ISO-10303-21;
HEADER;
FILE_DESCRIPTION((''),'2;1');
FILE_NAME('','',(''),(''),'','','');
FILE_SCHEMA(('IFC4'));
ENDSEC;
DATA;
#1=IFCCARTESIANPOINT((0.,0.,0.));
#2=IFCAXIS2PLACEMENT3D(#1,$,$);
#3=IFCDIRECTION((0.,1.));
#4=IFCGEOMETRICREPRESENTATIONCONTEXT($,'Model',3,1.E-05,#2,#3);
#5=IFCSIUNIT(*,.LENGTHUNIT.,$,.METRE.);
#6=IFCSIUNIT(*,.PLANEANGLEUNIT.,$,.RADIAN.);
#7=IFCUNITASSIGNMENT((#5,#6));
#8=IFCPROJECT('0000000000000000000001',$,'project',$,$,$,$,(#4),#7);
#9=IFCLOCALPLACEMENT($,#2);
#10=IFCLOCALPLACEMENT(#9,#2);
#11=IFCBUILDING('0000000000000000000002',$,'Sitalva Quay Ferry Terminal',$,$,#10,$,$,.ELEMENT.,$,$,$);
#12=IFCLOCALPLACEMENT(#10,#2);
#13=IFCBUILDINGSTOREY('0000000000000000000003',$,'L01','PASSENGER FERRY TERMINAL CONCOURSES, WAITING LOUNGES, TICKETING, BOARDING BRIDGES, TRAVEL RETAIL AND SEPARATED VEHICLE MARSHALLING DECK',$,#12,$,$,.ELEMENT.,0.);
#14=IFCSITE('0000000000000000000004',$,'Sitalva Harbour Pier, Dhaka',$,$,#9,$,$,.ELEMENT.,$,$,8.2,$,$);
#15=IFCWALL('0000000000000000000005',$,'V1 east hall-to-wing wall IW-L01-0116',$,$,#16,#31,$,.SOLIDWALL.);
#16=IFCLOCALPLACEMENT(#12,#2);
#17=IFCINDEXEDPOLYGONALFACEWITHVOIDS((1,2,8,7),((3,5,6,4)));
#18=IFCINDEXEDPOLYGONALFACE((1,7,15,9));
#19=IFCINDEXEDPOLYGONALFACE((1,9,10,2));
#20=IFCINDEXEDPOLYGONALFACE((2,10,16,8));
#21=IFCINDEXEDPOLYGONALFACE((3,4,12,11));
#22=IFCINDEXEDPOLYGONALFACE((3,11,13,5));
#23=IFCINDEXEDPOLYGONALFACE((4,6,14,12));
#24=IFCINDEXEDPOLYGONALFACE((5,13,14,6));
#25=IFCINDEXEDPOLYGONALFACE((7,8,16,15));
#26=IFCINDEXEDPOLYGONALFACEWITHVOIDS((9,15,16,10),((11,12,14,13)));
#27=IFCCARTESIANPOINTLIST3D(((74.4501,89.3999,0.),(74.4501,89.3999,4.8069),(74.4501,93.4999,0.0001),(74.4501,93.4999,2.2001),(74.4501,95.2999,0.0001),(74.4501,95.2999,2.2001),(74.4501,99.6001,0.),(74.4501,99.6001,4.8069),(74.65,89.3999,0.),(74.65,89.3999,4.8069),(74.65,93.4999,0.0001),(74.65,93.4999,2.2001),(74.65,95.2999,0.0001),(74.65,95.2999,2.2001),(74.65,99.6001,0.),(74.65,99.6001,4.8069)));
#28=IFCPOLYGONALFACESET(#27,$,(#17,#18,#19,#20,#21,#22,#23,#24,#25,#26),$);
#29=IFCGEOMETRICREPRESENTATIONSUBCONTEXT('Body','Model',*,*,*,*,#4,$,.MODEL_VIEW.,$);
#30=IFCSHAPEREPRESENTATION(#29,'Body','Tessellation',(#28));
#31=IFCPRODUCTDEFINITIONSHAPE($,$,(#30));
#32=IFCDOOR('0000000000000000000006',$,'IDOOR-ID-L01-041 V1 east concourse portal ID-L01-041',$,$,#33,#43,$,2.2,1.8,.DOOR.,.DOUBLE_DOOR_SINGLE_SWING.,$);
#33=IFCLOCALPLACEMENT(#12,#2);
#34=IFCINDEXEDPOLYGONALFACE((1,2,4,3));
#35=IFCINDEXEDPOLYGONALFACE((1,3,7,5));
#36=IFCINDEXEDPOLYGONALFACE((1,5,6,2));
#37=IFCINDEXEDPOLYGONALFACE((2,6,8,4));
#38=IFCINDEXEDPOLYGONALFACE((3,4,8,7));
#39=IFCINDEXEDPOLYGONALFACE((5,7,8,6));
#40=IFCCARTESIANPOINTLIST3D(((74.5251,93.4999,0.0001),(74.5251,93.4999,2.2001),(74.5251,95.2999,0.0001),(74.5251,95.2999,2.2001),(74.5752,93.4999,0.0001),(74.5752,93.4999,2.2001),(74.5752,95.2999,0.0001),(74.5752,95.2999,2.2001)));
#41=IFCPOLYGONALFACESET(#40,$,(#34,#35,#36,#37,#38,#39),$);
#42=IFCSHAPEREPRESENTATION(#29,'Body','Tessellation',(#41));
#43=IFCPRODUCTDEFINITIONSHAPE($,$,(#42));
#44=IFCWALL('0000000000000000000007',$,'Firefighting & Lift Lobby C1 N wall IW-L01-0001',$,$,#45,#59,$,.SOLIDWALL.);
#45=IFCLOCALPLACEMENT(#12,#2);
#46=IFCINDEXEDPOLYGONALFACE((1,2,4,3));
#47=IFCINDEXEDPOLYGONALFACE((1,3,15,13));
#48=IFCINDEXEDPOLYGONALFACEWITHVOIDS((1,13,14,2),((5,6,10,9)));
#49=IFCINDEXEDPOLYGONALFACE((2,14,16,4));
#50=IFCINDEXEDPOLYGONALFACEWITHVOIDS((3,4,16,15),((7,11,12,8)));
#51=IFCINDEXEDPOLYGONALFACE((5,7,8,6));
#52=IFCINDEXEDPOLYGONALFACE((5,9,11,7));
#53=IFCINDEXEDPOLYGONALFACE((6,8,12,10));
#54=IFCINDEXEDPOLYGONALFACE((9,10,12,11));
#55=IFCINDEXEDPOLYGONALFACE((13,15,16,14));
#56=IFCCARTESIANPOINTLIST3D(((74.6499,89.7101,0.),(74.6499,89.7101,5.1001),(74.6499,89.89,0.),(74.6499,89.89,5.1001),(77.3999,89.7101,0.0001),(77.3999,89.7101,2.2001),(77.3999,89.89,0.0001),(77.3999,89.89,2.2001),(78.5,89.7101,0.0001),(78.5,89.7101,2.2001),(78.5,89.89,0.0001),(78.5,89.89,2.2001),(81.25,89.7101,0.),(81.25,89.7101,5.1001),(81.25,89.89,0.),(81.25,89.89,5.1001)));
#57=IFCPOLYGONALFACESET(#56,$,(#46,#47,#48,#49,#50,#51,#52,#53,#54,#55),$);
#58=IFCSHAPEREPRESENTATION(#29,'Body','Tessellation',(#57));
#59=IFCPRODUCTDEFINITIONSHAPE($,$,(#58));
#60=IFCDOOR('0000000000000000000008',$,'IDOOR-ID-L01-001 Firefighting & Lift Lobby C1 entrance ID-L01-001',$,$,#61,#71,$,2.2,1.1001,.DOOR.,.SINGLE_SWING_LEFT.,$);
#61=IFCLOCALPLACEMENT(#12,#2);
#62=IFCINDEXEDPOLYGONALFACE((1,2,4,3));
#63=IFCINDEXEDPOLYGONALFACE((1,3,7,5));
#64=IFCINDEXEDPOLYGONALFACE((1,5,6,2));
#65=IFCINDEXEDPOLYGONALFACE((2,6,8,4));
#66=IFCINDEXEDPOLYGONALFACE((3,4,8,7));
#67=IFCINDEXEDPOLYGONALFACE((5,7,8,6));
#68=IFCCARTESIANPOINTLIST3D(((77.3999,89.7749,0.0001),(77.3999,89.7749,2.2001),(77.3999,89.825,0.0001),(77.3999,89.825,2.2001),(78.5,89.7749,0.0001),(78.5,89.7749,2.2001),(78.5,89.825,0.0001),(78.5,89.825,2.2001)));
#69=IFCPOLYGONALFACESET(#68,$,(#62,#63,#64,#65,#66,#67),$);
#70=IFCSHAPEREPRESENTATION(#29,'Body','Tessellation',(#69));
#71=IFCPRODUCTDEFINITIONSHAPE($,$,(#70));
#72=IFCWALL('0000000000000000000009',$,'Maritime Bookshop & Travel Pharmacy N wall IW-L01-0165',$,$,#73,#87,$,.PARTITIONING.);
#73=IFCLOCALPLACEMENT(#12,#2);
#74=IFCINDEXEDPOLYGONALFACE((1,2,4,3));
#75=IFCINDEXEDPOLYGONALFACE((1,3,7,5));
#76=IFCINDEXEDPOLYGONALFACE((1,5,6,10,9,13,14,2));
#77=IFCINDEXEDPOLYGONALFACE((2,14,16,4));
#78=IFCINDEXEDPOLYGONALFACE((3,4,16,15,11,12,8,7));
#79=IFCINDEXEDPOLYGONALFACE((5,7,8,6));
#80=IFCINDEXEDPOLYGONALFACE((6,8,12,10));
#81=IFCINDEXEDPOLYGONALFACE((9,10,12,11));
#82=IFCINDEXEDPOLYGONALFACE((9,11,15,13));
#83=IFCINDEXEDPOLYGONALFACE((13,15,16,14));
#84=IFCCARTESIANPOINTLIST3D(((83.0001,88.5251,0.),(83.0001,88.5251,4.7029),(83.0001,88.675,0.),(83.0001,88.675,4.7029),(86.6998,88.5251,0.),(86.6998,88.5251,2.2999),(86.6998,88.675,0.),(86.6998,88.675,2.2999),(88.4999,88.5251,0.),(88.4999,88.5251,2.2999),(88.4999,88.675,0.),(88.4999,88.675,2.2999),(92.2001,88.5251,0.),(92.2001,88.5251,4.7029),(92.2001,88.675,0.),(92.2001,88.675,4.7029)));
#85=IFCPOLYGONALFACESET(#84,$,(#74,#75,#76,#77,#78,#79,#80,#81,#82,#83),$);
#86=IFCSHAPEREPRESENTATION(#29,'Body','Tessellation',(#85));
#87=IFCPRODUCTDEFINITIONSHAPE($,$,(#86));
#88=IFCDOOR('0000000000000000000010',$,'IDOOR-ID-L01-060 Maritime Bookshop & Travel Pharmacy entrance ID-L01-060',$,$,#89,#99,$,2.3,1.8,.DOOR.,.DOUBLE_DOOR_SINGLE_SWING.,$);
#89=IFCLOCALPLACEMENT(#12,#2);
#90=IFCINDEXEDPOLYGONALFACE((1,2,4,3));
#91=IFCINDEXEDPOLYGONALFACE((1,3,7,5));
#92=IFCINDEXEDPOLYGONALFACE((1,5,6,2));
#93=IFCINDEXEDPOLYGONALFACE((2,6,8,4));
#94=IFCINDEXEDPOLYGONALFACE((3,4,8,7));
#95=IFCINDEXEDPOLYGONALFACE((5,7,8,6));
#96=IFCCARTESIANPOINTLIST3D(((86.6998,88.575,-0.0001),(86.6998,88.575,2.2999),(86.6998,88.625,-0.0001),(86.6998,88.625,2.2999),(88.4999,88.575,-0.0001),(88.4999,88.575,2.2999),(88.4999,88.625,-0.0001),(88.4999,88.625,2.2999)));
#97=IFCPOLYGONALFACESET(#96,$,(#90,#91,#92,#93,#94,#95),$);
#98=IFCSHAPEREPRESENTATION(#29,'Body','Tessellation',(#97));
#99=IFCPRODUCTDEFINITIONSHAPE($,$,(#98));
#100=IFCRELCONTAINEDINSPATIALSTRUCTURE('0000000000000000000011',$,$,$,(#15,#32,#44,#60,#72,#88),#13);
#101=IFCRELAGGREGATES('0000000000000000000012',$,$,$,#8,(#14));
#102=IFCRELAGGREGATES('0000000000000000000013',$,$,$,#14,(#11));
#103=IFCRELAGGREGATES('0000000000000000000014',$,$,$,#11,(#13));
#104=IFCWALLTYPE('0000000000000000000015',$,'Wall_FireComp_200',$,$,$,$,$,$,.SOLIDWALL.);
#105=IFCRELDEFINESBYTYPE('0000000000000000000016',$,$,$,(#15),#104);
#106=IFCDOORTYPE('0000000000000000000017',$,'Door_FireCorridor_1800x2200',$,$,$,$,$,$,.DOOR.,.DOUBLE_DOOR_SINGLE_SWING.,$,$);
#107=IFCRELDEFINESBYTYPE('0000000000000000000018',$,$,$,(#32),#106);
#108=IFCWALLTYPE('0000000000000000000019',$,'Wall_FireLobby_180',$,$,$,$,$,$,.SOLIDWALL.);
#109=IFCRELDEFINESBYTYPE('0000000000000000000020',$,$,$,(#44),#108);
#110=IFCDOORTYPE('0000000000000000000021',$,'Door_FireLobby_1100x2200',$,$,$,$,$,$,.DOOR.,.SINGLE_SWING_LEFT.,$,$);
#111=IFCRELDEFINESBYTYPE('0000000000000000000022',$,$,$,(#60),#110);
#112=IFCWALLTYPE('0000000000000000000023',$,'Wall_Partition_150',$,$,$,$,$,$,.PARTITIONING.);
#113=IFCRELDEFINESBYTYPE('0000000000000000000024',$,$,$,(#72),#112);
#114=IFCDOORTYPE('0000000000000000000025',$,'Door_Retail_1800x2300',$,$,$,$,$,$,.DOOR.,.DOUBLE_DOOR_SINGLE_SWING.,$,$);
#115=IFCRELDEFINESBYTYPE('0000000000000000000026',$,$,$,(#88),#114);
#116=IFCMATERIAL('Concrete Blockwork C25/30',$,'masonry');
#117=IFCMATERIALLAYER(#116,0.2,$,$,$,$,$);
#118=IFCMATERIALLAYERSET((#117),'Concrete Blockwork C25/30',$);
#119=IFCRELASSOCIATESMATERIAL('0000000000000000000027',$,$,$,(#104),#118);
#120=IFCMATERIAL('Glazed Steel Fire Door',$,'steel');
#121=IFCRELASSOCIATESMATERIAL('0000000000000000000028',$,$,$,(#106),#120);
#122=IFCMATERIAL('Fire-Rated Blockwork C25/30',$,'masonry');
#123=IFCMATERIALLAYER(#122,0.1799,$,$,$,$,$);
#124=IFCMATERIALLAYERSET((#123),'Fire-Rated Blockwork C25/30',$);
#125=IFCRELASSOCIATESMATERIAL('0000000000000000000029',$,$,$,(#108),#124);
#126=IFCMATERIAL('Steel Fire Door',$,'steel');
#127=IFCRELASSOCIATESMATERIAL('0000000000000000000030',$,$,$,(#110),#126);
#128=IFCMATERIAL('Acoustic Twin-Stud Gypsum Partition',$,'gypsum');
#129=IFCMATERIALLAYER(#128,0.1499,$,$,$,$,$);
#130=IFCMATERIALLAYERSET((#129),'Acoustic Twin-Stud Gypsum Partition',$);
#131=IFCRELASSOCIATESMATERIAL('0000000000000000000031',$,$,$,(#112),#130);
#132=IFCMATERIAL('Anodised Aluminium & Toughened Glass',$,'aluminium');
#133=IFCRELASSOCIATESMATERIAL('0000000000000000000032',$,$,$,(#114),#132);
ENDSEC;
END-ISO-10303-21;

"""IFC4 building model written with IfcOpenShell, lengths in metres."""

from ifc_helpers import new_model, si_unit, direction, frame, frame_2d, origin, place, context, subcontext, project, spatial, rectangle, extrude, material, layer, layer_set, type_object, element, fill, save


model = new_model("IFC4")

# Units and contexts
model_context = context("Model", 3, precision=1e-05, world=origin(), true_north=direction((0.0, 1.0)))
body_context = subcontext(model_context, "Body", "Model", "MODEL_VIEW")
ifc_project = project(units=[si_unit("LENGTHUNIT", "METRE"), si_unit("PLANEANGLEUNIT", "RADIAN")], contexts=[model_context])

# Site, building, storey
site_placement = place(None, origin())
site = spatial("IfcSite", under=ifc_project, at=site_placement, Name="Sitalva Harbour Pier, Dhaka", CompositionType="ELEMENT", RefElevation=8.2)
building_placement = place(site_placement, origin())
building = spatial("IfcBuilding", under=site, at=building_placement, Name="Sitalva Quay Ferry Terminal", CompositionType="ELEMENT")
storey_placement = place(building_placement, origin())
storey = spatial("IfcBuildingStorey", under=building, at=storey_placement, Name="L01", Description="PASSENGER FERRY TERMINAL CONCOURSES, WAITING LOUNGES, TICKETING, BOARDING BRIDGES, TRAVEL RETAIL AND SEPARATED VEHICLE MARSHALLING DECK", CompositionType="ELEMENT", Elevation=0.0)

# Walls, openings, doors
ifc_material_1 = material(Name="Concrete Blockwork C25/30", Category="masonry")
ifc_layer_1 = layer(ifc_material_1, 0.2)
ifc_layer_set_1 = layer_set([ifc_layer_1], Name="Concrete Blockwork C25/30")
wall_type_1 = type_object("IfcWallType", Name="Wall_FireComp_200", PredefinedType="SOLIDWALL", material=ifc_layer_set_1)
wall_1_placement = place(storey_placement, frame((74.55, 89.3999, 0.0), z_axis=(0.0, 0.0, 1.0), x_axis=(0.0, 1.0, 0.0)))
wall_1 = element("IfcWall", 1, at=wall_1_placement, inside=storey, type_object=wall_type_1, Name="V1 east hall-to-wing wall IW-L01-0116", PredefinedType="SOLIDWALL", context=body_context, shape_type="SweptSolid", body=[
    extrude(rectangle(XDim=10.2002, YDim=0.2, at=frame_2d((5.1001, 0.0))), origin(), (0.0, 0.0, 1.0), 4.8069),
])
opening_1_placement = place(wall_1_placement, frame((4.1001, 0.0, 0.0)))
opening_1 = element("IfcOpeningElement", 2, at=opening_1_placement, cuts=wall_1, PredefinedType="OPENING", context=body_context, shape_type="SweptSolid", body=[
    extrude(rectangle(XDim=1.8, YDim=2.2, at=frame_2d((0.8999, 1.1001))), frame((0.0, 0.1099, 0.0), z_axis=(0.0, -1.0, 0.0), x_axis=(1.0, 0.0, 0.0)), (0.0, 0.0, 1.0), 0.22),
])
ifc_material_2 = material(Name="Glazed Steel Fire Door", Category="steel")
door_type_1 = type_object("IfcDoorType", Name="Door_FireCorridor_1800x2200", OperationType="DOUBLE_DOOR_SINGLE_SWING", PredefinedType="DOOR", material=ifc_material_2)
door_1_placement = place(opening_1_placement, origin())
door_1 = element("IfcDoor", 3, at=door_1_placement, inside=storey, type_object=door_type_1, Name="IDOOR-ID-L01-041 V1 east concourse portal ID-L01-041", OperationType="DOUBLE_DOOR_SINGLE_SWING", OverallHeight=2.2, OverallWidth=1.8, PredefinedType="DOOR", context=body_context, shape_type="SweptSolid", body=[
    extrude(rectangle(XDim=1.8, YDim=2.2, at=frame_2d((0.8999, 1.1001))), frame((0.0, 0.0249, 0.0), z_axis=(0.0, -1.0, 0.0), x_axis=(1.0, 0.0, 0.0)), (0.0, 0.0, 1.0), 0.05),
])
fill(opening_1, door_1)
ifc_material_3 = material(Name="Fire-Rated Blockwork C25/30", Category="masonry")
ifc_layer_2 = layer(ifc_material_3, 0.1799)
ifc_layer_set_2 = layer_set([ifc_layer_2], Name="Fire-Rated Blockwork C25/30")
wall_type_2 = type_object("IfcWallType", Name="Wall_FireLobby_180", PredefinedType="SOLIDWALL", material=ifc_layer_set_2)
wall_2_placement = place(storey_placement, frame((74.6499, 89.8, 0.0), z_axis=(0.0, 0.0, 1.0), x_axis=(1.0, 0.0, 0.0)))
wall_2 = element("IfcWall", 4, at=wall_2_placement, inside=storey, type_object=wall_type_2, Name="Firefighting & Lift Lobby C1 N wall IW-L01-0001", PredefinedType="SOLIDWALL", context=body_context, shape_type="SweptSolid", body=[
    extrude(rectangle(XDim=6.6001, YDim=0.1799, at=frame_2d((3.3, 0.0))), origin(), (0.0, 0.0, 1.0), 5.1001),
])
opening_2_placement = place(wall_2_placement, frame((2.75, 0.0, 0.0)))
opening_2 = element("IfcOpeningElement", 5, at=opening_2_placement, cuts=wall_2, PredefinedType="OPENING", context=body_context, shape_type="SweptSolid", body=[
    extrude(rectangle(XDim=1.1001, YDim=2.2, at=frame_2d((0.55, 1.1001))), frame((0.0, 0.0999, 0.0), z_axis=(0.0, -1.0, 0.0), x_axis=(1.0, 0.0, 0.0)), (0.0, 0.0, 1.0), 0.2),
])
ifc_material_4 = material(Name="Steel Fire Door", Category="steel")
door_type_2 = type_object("IfcDoorType", Name="Door_FireLobby_1100x2200", OperationType="SINGLE_SWING_LEFT", PredefinedType="DOOR", material=ifc_material_4)
door_2_placement = place(opening_2_placement, origin())
door_2 = element("IfcDoor", 6, at=door_2_placement, inside=storey, type_object=door_type_2, Name="IDOOR-ID-L01-001 Firefighting & Lift Lobby C1 entrance ID-L01-001", OperationType="SINGLE_SWING_LEFT", OverallHeight=2.2, OverallWidth=1.1001, PredefinedType="DOOR", context=body_context, shape_type="SweptSolid", body=[
    extrude(rectangle(XDim=1.1001, YDim=2.2, at=frame_2d((0.55, 1.1001))), frame((0.0, 0.0249, 0.0), z_axis=(0.0, -1.0, 0.0), x_axis=(1.0, 0.0, 0.0)), (0.0, 0.0, 1.0), 0.05),
])
fill(opening_2, door_2)
ifc_material_5 = material(Name="Acoustic Twin-Stud Gypsum Partition", Category="gypsum")
ifc_layer_3 = layer(ifc_material_5, 0.1499)
ifc_layer_set_3 = layer_set([ifc_layer_3], Name="Acoustic Twin-Stud Gypsum Partition")
wall_type_3 = type_object("IfcWallType", Name="Wall_Partition_150", PredefinedType="PARTITIONING", material=ifc_layer_set_3)
wall_3_placement = place(storey_placement, frame((83.0, 88.6001, 0.0), z_axis=(0.0, 0.0, 1.0), x_axis=(1.0, 0.0, 0.0)))
wall_3 = element("IfcWall", 7, at=wall_3_placement, inside=storey, type_object=wall_type_3, Name="Maritime Bookshop & Travel Pharmacy N wall IW-L01-0165", PredefinedType="PARTITIONING", context=body_context, shape_type="SweptSolid", body=[
    extrude(rectangle(XDim=9.2, YDim=0.1499, at=frame_2d((4.6001, 0.0))), origin(), (0.0, 0.0, 1.0), 4.7029),
])
opening_3_placement = place(wall_3_placement, frame((3.7, 0.0, 0.0)))
opening_3 = element("IfcOpeningElement", 8, at=opening_3_placement, cuts=wall_3, PredefinedType="OPENING", context=body_context, shape_type="SweptSolid", body=[
    extrude(rectangle(XDim=1.8, YDim=2.3, at=frame_2d((0.8999, 1.1499))), frame((0.0, 0.085, 0.0), z_axis=(0.0, -1.0, 0.0), x_axis=(1.0, 0.0, 0.0)), (0.0, 0.0, 1.0), 0.1699),
])
ifc_material_6 = material(Name="Anodised Aluminium & Toughened Glass", Category="aluminium")
door_type_3 = type_object("IfcDoorType", Name="Door_Retail_1800x2300", OperationType="DOUBLE_DOOR_SINGLE_SWING", PredefinedType="DOOR", material=ifc_material_6)
door_3_placement = place(opening_3_placement, origin())
door_3 = element("IfcDoor", 9, at=door_3_placement, inside=storey, type_object=door_type_3, Name="IDOOR-ID-L01-060 Maritime Bookshop & Travel Pharmacy entrance ID-L01-060", OperationType="DOUBLE_DOOR_SINGLE_SWING", OverallHeight=2.3, OverallWidth=1.8, PredefinedType="DOOR", context=body_context, shape_type="SweptSolid", body=[
    extrude(rectangle(XDim=1.8, YDim=2.3, at=frame_2d((0.8999, 1.1499))), frame((0.0, 0.0249, 0.0), z_axis=(0.0, -1.0, 0.0), x_axis=(1.0, 0.0, 0.0)), (0.0, 0.0, 1.0), 0.05),
])
fill(opening_3, door_3)

save(model, "model.ifc")
